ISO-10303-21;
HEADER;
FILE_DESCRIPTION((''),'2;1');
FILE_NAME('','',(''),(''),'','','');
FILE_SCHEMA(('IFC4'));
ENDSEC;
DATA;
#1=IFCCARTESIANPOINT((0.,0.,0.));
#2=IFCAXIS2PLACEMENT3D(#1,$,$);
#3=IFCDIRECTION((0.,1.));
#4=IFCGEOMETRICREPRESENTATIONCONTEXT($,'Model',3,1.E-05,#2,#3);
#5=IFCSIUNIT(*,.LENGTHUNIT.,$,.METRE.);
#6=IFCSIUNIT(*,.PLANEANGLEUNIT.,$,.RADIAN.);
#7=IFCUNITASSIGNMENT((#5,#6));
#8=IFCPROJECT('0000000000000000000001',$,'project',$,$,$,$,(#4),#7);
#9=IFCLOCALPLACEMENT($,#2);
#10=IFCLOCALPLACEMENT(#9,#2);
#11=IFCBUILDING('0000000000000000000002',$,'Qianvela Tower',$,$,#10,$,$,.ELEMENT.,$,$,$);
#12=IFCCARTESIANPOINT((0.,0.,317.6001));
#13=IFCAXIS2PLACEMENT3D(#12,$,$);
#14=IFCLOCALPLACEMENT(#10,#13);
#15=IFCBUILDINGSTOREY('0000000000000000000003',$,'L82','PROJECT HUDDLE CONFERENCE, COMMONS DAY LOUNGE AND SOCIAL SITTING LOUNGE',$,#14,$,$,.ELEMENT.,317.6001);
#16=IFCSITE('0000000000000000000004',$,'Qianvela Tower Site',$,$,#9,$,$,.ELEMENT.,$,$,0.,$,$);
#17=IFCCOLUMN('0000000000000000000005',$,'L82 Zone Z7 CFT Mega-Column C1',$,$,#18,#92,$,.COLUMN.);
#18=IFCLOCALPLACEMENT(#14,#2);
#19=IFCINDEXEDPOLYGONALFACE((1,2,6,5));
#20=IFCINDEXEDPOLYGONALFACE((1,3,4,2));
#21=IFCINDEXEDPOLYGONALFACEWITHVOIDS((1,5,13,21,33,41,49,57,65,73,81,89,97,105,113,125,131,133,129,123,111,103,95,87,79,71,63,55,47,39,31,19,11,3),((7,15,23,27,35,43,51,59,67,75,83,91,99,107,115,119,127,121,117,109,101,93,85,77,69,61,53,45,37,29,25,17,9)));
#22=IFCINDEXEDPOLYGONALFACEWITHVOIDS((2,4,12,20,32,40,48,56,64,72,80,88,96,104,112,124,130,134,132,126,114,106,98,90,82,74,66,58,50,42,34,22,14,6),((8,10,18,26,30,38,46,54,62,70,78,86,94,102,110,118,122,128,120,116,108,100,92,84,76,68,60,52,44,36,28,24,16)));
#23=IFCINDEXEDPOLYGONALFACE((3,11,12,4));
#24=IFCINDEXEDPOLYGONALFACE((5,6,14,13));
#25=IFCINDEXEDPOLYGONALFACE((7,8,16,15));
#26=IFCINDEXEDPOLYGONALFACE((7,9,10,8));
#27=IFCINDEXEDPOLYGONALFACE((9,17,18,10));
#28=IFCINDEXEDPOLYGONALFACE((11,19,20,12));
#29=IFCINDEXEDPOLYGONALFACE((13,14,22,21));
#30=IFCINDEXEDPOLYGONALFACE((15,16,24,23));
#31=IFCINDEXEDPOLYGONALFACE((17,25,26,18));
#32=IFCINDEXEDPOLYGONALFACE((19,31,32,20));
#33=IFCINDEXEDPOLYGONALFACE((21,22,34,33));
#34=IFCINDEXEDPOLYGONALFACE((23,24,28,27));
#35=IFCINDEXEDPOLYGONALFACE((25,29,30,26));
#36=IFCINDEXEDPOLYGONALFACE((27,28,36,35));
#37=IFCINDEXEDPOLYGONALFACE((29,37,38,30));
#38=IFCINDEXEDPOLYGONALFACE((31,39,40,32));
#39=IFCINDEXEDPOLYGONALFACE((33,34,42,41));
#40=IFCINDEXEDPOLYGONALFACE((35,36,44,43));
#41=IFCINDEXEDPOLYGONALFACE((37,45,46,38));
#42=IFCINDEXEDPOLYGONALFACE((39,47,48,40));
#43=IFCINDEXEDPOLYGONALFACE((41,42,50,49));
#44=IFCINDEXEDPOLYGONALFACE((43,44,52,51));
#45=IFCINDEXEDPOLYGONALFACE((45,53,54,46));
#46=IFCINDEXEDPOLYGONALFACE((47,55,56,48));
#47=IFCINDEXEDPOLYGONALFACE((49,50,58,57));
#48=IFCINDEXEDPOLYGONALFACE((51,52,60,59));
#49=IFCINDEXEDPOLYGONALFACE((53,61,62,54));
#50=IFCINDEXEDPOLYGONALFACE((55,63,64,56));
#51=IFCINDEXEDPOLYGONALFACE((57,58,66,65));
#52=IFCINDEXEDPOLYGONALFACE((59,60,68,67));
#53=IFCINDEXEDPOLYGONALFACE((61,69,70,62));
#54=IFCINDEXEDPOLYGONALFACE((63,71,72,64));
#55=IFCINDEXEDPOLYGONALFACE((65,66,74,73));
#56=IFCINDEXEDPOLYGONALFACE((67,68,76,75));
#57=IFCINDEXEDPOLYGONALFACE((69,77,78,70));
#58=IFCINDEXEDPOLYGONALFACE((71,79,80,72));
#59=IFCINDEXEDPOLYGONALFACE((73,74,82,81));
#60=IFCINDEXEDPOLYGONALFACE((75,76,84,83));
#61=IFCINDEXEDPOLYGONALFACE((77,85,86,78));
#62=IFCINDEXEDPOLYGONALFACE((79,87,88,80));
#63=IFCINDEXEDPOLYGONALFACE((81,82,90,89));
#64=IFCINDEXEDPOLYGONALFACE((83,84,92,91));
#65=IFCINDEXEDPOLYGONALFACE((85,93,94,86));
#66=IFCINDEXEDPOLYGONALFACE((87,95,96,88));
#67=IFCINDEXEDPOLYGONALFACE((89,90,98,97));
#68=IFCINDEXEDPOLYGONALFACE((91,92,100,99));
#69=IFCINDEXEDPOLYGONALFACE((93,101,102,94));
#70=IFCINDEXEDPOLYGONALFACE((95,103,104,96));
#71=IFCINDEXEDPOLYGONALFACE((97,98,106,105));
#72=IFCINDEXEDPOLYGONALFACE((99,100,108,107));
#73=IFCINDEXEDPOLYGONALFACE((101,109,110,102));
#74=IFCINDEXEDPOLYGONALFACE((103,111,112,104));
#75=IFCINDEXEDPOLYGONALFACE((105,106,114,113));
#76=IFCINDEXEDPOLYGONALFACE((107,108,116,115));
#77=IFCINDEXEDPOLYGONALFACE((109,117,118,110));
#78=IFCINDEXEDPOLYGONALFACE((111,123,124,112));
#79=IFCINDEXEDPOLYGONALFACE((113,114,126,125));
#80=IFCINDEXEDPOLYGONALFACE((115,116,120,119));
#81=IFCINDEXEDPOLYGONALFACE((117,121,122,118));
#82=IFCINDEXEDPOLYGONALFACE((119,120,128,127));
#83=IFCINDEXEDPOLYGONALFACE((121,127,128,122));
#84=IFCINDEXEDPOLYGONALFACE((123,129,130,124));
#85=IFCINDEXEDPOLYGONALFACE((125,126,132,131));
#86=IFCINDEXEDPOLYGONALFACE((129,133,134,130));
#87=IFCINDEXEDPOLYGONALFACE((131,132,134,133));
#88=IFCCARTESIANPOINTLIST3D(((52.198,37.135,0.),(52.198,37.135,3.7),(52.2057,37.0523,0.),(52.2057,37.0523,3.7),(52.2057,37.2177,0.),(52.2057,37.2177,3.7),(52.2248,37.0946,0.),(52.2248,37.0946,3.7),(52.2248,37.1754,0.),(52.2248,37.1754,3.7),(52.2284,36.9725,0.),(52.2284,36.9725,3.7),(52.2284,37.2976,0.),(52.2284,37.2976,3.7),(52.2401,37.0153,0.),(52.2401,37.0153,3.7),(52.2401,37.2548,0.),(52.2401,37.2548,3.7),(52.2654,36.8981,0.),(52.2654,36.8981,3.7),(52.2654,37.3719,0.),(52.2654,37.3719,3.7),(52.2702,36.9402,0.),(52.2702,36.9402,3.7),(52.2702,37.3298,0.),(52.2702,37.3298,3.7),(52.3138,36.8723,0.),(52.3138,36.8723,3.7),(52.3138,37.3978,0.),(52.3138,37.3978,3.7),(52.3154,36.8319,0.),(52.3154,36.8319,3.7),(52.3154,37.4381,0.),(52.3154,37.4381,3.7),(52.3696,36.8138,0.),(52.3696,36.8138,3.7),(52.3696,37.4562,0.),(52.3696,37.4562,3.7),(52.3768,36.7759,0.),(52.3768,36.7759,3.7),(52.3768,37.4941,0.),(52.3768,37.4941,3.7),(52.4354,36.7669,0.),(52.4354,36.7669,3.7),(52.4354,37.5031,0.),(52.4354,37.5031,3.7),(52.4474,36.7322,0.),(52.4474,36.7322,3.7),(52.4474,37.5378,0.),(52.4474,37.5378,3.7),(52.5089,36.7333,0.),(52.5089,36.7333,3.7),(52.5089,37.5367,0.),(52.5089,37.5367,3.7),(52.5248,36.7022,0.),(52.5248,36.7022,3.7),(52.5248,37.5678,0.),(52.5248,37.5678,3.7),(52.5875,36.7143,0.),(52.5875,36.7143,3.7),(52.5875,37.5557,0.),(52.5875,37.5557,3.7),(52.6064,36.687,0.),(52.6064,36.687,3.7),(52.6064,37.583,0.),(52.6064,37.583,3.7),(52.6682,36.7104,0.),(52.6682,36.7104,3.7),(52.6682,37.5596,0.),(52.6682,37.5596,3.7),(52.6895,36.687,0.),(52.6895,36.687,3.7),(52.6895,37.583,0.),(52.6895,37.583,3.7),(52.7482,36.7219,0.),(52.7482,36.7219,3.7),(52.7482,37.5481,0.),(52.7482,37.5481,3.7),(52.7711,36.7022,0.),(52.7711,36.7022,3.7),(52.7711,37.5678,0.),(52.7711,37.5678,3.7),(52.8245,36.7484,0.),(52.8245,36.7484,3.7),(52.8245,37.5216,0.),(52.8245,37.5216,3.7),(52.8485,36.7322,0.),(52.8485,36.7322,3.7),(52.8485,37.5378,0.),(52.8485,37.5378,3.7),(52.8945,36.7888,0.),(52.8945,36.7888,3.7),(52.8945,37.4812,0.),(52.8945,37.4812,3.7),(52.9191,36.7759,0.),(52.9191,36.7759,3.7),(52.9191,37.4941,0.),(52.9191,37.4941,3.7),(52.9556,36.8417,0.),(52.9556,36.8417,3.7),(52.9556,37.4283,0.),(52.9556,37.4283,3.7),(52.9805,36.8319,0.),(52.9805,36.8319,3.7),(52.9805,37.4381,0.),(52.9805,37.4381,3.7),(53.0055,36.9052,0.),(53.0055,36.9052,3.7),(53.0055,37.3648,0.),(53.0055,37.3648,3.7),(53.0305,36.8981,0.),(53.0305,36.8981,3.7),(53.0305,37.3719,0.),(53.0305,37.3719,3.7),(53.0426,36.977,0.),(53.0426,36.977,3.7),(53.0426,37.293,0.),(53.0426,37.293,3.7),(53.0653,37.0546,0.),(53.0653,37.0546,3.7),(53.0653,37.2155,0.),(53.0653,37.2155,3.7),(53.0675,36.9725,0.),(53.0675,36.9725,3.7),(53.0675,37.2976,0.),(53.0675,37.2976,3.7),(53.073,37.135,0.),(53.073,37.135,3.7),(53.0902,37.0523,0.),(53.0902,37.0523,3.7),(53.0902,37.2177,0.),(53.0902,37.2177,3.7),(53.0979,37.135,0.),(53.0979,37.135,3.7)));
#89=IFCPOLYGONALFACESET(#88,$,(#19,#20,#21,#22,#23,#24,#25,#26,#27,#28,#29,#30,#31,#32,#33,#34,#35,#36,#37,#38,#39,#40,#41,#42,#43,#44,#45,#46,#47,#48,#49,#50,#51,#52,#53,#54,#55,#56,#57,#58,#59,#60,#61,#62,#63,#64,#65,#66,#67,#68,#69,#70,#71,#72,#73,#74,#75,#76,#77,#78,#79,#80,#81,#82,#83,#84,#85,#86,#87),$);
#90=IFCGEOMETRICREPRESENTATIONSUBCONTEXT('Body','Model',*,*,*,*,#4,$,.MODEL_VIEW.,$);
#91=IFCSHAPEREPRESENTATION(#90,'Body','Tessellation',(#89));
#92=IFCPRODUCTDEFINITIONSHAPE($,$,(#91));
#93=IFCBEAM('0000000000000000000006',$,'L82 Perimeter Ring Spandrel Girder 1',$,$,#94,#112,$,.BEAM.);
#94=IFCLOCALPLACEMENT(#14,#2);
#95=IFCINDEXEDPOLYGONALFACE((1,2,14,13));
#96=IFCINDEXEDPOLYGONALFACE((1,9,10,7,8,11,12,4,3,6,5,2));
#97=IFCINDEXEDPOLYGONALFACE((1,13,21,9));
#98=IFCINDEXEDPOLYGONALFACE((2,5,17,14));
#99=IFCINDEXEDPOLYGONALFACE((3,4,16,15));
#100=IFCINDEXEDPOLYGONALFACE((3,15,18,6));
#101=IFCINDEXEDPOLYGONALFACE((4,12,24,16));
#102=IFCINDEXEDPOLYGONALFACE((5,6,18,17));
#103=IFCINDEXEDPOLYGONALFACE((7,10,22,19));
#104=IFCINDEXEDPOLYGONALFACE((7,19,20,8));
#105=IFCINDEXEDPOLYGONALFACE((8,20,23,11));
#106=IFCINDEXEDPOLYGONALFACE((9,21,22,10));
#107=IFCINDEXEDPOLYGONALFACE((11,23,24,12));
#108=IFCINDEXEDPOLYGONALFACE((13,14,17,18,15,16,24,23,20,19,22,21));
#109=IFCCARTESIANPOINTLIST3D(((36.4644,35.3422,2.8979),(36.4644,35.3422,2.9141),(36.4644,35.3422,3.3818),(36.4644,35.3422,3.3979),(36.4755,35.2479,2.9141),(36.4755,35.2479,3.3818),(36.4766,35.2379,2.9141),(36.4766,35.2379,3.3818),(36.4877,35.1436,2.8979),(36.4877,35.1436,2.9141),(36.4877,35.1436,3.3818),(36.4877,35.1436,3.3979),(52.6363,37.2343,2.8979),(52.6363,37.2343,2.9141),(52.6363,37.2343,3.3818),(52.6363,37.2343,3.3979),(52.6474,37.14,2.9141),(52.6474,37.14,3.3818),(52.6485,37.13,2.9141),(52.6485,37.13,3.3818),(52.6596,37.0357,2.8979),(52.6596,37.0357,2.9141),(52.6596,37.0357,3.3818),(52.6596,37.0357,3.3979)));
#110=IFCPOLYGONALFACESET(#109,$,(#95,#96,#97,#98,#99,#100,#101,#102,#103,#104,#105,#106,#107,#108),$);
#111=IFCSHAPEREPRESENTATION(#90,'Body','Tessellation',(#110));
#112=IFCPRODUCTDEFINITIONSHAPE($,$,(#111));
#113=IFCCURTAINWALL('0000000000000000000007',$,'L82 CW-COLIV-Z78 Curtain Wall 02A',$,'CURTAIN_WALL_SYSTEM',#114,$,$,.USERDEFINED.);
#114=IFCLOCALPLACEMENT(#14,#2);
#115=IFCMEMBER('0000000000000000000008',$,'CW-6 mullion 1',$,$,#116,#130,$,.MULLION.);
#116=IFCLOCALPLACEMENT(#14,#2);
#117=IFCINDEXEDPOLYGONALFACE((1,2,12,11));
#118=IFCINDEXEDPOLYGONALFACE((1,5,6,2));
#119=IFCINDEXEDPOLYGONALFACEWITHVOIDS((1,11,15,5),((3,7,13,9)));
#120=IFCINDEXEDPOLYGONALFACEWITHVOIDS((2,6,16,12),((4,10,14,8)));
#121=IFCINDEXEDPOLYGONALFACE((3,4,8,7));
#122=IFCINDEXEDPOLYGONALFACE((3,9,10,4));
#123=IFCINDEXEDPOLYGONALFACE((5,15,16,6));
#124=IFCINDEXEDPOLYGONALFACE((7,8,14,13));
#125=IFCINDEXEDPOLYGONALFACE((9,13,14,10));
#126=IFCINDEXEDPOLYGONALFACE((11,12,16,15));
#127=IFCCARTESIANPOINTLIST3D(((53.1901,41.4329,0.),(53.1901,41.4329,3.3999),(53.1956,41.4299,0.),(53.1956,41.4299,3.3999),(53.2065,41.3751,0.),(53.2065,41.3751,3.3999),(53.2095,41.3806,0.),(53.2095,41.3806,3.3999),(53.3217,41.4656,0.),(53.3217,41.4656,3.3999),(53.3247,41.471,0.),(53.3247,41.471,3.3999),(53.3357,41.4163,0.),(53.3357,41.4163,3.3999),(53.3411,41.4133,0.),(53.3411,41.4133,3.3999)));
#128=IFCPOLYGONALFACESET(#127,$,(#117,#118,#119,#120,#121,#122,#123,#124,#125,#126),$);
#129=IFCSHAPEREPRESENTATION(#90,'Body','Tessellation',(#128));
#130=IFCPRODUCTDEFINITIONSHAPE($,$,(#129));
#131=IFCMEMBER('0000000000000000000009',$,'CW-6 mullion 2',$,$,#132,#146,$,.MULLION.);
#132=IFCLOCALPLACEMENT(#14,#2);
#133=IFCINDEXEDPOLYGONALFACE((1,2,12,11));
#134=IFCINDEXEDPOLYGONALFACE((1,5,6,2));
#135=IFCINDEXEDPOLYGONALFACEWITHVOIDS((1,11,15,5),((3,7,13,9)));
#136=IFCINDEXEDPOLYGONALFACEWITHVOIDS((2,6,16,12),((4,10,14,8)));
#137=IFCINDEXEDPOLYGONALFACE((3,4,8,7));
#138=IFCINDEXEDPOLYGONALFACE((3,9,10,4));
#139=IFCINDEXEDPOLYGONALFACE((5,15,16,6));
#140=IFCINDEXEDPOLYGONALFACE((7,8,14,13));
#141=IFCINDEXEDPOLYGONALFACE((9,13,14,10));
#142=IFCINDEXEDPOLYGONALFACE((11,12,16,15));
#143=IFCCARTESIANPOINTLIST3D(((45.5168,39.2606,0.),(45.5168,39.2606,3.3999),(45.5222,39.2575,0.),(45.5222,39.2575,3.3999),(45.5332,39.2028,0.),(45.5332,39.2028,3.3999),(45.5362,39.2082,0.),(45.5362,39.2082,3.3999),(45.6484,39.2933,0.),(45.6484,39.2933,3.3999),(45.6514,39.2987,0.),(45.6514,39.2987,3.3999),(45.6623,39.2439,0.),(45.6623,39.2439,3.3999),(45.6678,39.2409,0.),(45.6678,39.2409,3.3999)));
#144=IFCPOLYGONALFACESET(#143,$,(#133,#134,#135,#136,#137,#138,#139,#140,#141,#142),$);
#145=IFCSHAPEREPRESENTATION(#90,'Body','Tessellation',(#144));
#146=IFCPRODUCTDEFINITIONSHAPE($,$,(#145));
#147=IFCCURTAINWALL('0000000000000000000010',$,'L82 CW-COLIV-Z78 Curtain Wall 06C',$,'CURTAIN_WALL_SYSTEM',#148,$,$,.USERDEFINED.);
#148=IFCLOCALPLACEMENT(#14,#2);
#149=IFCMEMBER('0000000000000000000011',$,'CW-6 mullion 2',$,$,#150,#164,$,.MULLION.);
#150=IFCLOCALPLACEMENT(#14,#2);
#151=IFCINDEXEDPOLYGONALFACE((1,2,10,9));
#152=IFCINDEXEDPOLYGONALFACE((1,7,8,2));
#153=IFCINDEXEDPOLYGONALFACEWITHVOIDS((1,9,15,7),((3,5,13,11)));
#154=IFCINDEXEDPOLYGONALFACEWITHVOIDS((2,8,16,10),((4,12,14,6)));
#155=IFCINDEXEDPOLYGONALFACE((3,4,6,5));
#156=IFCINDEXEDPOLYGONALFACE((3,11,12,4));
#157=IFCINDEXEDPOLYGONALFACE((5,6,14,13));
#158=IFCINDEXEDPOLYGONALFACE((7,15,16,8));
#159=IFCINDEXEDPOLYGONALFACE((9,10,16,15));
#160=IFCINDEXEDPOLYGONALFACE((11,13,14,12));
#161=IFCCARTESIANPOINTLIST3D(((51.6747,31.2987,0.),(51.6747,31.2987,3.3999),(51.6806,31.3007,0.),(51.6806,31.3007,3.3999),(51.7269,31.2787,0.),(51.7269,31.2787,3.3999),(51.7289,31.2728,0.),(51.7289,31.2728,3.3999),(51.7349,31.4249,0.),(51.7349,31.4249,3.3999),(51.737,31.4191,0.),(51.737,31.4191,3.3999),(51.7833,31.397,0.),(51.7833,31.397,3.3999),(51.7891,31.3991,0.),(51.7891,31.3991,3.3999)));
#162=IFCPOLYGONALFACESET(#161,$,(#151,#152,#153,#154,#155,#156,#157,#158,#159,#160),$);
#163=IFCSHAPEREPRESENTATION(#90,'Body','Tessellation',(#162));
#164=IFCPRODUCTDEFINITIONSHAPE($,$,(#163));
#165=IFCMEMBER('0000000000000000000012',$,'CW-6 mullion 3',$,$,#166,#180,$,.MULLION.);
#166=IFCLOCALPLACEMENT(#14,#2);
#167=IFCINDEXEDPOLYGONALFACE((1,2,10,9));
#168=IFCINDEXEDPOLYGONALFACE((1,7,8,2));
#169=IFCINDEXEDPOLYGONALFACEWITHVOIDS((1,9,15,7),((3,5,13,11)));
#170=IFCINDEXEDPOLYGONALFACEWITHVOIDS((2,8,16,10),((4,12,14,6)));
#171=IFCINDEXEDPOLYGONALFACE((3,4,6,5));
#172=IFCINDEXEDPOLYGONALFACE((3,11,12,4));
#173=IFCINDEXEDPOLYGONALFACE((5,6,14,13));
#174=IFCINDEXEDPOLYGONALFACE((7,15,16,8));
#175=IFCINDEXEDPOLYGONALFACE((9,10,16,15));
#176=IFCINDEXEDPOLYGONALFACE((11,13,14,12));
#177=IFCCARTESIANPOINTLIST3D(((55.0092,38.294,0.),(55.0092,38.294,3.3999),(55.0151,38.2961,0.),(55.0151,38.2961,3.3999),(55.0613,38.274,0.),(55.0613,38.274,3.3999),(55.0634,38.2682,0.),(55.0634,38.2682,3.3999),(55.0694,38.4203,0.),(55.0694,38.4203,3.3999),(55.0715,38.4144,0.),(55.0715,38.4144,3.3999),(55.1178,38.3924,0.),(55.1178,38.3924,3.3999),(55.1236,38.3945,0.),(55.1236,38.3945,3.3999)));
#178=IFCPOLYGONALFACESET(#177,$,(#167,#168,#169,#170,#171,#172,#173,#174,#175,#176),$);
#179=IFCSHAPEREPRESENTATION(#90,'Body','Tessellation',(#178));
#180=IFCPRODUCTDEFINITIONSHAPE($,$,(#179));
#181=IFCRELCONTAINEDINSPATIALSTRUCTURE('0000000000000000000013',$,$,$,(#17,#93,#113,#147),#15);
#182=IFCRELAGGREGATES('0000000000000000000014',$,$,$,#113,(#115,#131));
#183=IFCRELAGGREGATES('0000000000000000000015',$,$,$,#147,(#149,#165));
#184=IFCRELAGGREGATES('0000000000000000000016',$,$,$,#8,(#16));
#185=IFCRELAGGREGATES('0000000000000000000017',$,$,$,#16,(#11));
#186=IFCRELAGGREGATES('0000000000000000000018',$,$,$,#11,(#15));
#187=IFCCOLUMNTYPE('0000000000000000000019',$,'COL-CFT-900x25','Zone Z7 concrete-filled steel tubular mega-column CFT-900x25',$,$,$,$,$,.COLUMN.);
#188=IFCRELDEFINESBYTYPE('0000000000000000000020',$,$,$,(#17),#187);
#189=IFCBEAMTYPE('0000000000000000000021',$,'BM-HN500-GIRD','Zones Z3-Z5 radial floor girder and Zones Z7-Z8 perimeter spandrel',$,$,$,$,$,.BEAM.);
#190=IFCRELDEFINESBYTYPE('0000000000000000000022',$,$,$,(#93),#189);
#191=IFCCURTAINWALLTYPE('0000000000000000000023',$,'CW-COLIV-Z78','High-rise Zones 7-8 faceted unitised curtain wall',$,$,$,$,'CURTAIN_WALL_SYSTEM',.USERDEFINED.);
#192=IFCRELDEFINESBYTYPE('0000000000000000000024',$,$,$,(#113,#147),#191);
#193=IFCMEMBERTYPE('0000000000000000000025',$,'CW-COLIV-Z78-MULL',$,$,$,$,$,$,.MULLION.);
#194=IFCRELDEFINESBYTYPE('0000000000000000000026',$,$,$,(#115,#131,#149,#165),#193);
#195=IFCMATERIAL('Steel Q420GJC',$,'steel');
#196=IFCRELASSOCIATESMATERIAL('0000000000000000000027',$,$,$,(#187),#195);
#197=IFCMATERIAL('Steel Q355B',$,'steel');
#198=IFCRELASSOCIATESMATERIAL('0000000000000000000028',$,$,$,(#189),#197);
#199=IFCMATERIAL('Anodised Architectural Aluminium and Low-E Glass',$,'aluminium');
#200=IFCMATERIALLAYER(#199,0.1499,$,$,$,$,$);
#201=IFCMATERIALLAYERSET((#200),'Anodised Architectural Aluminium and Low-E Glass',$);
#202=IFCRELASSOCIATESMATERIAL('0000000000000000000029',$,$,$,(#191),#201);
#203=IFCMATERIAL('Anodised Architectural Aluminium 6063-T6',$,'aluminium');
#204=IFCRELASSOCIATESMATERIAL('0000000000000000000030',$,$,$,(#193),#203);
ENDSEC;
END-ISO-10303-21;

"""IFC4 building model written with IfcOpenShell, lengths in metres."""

from ifc_helpers import new_model, si_unit, direction, frame, origin, origin_2d, place, context, subcontext, project, spatial, hollow_rectangle, hollow_circle, i_section, extrude, material, layer, layer_set, material_profile, profile_set, type_object, element, aggregate, save


model = new_model("IFC4")

# Units and contexts
model_context = context("Model", 3, precision=1e-05, world=origin(), true_north=direction((0.0, 1.0)))
body_context = subcontext(model_context, "Body", "Model", "MODEL_VIEW")
ifc_project = project(units=[si_unit("LENGTHUNIT", "METRE"), si_unit("PLANEANGLEUNIT", "RADIAN")], contexts=[model_context])

# Site, building, storey
site_placement = place(None, origin())
site = spatial("IfcSite", under=ifc_project, at=site_placement, Name="Qianvela Tower Site", CompositionType="ELEMENT", RefElevation=0.0)
building_placement = place(site_placement, origin())
building = spatial("IfcBuilding", under=site, at=building_placement, Name="Qianvela Tower", CompositionType="ELEMENT")
storey_placement = place(building_placement, frame((0.0, 0.0, 317.6001)))
storey = spatial("IfcBuildingStorey", under=building, at=storey_placement, Name="L82", Description="PROJECT HUDDLE CONFERENCE, COMMONS DAY LOUNGE AND SOCIAL SITTING LOUNGE", CompositionType="ELEMENT", Elevation=317.6001)

# Column
ifc_material_1 = material(Name="Steel Q420GJC", Category="steel")
ifc_material_profile_1 = material_profile(ifc_material_1, hollow_circle(Radius=0.45, WallThickness=0.0249, at=origin_2d()), Name="CFT-900x25")
ifc_profile_set_1 = profile_set([ifc_material_profile_1], Name="Steel Q420GJC")
column_type = type_object("IfcColumnType", Name="COL-CFT-900x25", Description="Zone Z7 concrete-filled steel tubular mega-column CFT-900x25", PredefinedType="COLUMN", material=ifc_profile_set_1)
column_placement = place(storey_placement, frame((52.6479, 37.135, 0.0), z_axis=(0.0, 0.0, 1.0), x_axis=(1.0, 0.0, 0.0)))
element("IfcColumn", 1, at=column_placement, inside=storey, type_object=column_type, Name="L82 Zone Z7 CFT Mega-Column C1", PredefinedType="COLUMN", context=body_context, shape_type="SweptSolid", body=[
    extrude(hollow_circle(Radius=0.45, WallThickness=0.0249, at=origin_2d()), origin(), (0.0, 0.0, 1.0), 3.7),
])

# Beam
ifc_material_2 = material(Name="Steel Q355B", Category="steel")
ifc_material_profile_2 = material_profile(ifc_material_2, i_section(OverallWidth=0.2, OverallDepth=0.5, WebThickness=0.01, FlangeThickness=0.0161, at=origin_2d()), Name="HN500x200x10x16")
ifc_profile_set_2 = profile_set([ifc_material_profile_2], Name="Steel Q355B")
beam_type = type_object("IfcBeamType", Name="BM-HN500-GIRD", Description="Zones Z3-Z5 radial floor girder and Zones Z7-Z8 perimeter spandrel", PredefinedType="BEAM", material=ifc_profile_set_2)
beam_placement = place(storey_placement, frame((52.6479, 37.135, 3.1479), z_axis=(-0.993225, -0.116206, 0.0), x_axis=(0.116206, -0.993225, 0.0)))
element("IfcBeam", 2, at=beam_placement, inside=storey, type_object=beam_type, Name="L82 Perimeter Ring Spandrel Girder 1", PredefinedType="BEAM", context=body_context, shape_type="SweptSolid", body=[
    extrude(i_section(OverallWidth=0.2, OverallDepth=0.5, WebThickness=0.01, FlangeThickness=0.0161, at=origin_2d()), origin(), (0.0, 0.0, 1.0), 16.2822),
])

# Curtain walls, members
ifc_material_3 = material(Name="Anodised Architectural Aluminium and Low-E Glass", Category="aluminium")
ifc_layer_1 = layer(ifc_material_3, 0.1499)
ifc_layer_set_1 = layer_set([ifc_layer_1], Name="Anodised Architectural Aluminium and Low-E Glass")
curtain_wall_type = type_object("IfcCurtainWallType", Name="CW-COLIV-Z78", Description="High-rise Zones 7-8 faceted unitised curtain wall", ElementType="CURTAIN_WALL_SYSTEM", PredefinedType="USERDEFINED", material=ifc_layer_set_1)
curtain_wall_1_placement = place(storey_placement, origin())
curtain_wall_1 = element("IfcCurtainWall", 3, at=curtain_wall_1_placement, inside=storey, type_object=curtain_wall_type, Name="L82 CW-COLIV-Z78 Curtain Wall 02A", ObjectType="CURTAIN_WALL_SYSTEM", PredefinedType="USERDEFINED")
ifc_material_4 = material(Name="Anodised Architectural Aluminium 6063-T6", Category="aluminium")
ifc_material_profile_3 = material_profile(ifc_material_4, hollow_rectangle(XDim=0.0601, YDim=0.1399, WallThickness=0.0044, at=origin_2d()), Name="ALU-MULL-60x140")
ifc_profile_set_3 = profile_set([ifc_material_profile_3], Name="Anodised Architectural Aluminium 6063-T6")
member_type_1 = type_object("IfcMemberType", Name="CW-COLIV-Z78-MULL", PredefinedType="MULLION", material=ifc_profile_set_3)
member_1_placement = place(storey_placement, frame((53.2656, 41.4231, 0.0), z_axis=(0.0, 0.0, 1.0), x_axis=(0.272398, -0.962185, 0.0)))
member_1 = element("IfcMember", 4, at=member_1_placement, type_object=member_type_1, Name="CW-6 mullion 1", PredefinedType="MULLION", context=body_context, shape_type="SweptSolid", body=[
    extrude(hollow_rectangle(XDim=0.0601, YDim=0.1399, WallThickness=0.0044, at=origin_2d()), origin(), (0.0, 0.0, 1.0), 3.3999),
])
member_2_placement = place(storey_placement, frame((45.5923, 39.2507, 0.0), z_axis=(0.0, 0.0, 1.0), x_axis=(0.272398, -0.962185, 0.0)))
member_2 = element("IfcMember", 5, at=member_2_placement, type_object=member_type_1, Name="CW-6 mullion 2", PredefinedType="MULLION", context=body_context, shape_type="SweptSolid", body=[
    extrude(hollow_rectangle(XDim=0.0601, YDim=0.1399, WallThickness=0.0044, at=origin_2d()), origin(), (0.0, 0.0, 1.0), 3.3999),
])
curtain_wall_2_placement = place(storey_placement, origin())
curtain_wall_2 = element("IfcCurtainWall", 6, at=curtain_wall_2_placement, inside=storey, type_object=curtain_wall_type, Name="L82 CW-COLIV-Z78 Curtain Wall 06C", ObjectType="CURTAIN_WALL_SYSTEM", PredefinedType="USERDEFINED")
member_3_placement = place(storey_placement, frame((51.7319, 31.3489, 0.0), z_axis=(0.0, 0.0, 1.0), x_axis=(-0.902682, 0.430308, 0.0)))
member_3 = element("IfcMember", 7, at=member_3_placement, type_object=member_type_1, Name="CW-6 mullion 2", PredefinedType="MULLION", context=body_context, shape_type="SweptSolid", body=[
    extrude(hollow_rectangle(XDim=0.0601, YDim=0.1399, WallThickness=0.0044, at=origin_2d()), origin(), (0.0, 0.0, 1.0), 3.3999),
])
member_4_placement = place(storey_placement, frame((55.0664, 38.3442, 0.0), z_axis=(0.0, 0.0, 1.0), x_axis=(-0.902682, 0.430308, 0.0)))
member_4 = element("IfcMember", 8, at=member_4_placement, type_object=member_type_1, Name="CW-6 mullion 3", PredefinedType="MULLION", context=body_context, shape_type="SweptSolid", body=[
    extrude(hollow_rectangle(XDim=0.0601, YDim=0.1399, WallThickness=0.0044, at=origin_2d()), origin(), (0.0, 0.0, 1.0), 3.3999),
])

aggregate(curtain_wall_1, [member_1, member_2])
aggregate(curtain_wall_2, [member_3, member_4])

save(model, "model.ifc")
